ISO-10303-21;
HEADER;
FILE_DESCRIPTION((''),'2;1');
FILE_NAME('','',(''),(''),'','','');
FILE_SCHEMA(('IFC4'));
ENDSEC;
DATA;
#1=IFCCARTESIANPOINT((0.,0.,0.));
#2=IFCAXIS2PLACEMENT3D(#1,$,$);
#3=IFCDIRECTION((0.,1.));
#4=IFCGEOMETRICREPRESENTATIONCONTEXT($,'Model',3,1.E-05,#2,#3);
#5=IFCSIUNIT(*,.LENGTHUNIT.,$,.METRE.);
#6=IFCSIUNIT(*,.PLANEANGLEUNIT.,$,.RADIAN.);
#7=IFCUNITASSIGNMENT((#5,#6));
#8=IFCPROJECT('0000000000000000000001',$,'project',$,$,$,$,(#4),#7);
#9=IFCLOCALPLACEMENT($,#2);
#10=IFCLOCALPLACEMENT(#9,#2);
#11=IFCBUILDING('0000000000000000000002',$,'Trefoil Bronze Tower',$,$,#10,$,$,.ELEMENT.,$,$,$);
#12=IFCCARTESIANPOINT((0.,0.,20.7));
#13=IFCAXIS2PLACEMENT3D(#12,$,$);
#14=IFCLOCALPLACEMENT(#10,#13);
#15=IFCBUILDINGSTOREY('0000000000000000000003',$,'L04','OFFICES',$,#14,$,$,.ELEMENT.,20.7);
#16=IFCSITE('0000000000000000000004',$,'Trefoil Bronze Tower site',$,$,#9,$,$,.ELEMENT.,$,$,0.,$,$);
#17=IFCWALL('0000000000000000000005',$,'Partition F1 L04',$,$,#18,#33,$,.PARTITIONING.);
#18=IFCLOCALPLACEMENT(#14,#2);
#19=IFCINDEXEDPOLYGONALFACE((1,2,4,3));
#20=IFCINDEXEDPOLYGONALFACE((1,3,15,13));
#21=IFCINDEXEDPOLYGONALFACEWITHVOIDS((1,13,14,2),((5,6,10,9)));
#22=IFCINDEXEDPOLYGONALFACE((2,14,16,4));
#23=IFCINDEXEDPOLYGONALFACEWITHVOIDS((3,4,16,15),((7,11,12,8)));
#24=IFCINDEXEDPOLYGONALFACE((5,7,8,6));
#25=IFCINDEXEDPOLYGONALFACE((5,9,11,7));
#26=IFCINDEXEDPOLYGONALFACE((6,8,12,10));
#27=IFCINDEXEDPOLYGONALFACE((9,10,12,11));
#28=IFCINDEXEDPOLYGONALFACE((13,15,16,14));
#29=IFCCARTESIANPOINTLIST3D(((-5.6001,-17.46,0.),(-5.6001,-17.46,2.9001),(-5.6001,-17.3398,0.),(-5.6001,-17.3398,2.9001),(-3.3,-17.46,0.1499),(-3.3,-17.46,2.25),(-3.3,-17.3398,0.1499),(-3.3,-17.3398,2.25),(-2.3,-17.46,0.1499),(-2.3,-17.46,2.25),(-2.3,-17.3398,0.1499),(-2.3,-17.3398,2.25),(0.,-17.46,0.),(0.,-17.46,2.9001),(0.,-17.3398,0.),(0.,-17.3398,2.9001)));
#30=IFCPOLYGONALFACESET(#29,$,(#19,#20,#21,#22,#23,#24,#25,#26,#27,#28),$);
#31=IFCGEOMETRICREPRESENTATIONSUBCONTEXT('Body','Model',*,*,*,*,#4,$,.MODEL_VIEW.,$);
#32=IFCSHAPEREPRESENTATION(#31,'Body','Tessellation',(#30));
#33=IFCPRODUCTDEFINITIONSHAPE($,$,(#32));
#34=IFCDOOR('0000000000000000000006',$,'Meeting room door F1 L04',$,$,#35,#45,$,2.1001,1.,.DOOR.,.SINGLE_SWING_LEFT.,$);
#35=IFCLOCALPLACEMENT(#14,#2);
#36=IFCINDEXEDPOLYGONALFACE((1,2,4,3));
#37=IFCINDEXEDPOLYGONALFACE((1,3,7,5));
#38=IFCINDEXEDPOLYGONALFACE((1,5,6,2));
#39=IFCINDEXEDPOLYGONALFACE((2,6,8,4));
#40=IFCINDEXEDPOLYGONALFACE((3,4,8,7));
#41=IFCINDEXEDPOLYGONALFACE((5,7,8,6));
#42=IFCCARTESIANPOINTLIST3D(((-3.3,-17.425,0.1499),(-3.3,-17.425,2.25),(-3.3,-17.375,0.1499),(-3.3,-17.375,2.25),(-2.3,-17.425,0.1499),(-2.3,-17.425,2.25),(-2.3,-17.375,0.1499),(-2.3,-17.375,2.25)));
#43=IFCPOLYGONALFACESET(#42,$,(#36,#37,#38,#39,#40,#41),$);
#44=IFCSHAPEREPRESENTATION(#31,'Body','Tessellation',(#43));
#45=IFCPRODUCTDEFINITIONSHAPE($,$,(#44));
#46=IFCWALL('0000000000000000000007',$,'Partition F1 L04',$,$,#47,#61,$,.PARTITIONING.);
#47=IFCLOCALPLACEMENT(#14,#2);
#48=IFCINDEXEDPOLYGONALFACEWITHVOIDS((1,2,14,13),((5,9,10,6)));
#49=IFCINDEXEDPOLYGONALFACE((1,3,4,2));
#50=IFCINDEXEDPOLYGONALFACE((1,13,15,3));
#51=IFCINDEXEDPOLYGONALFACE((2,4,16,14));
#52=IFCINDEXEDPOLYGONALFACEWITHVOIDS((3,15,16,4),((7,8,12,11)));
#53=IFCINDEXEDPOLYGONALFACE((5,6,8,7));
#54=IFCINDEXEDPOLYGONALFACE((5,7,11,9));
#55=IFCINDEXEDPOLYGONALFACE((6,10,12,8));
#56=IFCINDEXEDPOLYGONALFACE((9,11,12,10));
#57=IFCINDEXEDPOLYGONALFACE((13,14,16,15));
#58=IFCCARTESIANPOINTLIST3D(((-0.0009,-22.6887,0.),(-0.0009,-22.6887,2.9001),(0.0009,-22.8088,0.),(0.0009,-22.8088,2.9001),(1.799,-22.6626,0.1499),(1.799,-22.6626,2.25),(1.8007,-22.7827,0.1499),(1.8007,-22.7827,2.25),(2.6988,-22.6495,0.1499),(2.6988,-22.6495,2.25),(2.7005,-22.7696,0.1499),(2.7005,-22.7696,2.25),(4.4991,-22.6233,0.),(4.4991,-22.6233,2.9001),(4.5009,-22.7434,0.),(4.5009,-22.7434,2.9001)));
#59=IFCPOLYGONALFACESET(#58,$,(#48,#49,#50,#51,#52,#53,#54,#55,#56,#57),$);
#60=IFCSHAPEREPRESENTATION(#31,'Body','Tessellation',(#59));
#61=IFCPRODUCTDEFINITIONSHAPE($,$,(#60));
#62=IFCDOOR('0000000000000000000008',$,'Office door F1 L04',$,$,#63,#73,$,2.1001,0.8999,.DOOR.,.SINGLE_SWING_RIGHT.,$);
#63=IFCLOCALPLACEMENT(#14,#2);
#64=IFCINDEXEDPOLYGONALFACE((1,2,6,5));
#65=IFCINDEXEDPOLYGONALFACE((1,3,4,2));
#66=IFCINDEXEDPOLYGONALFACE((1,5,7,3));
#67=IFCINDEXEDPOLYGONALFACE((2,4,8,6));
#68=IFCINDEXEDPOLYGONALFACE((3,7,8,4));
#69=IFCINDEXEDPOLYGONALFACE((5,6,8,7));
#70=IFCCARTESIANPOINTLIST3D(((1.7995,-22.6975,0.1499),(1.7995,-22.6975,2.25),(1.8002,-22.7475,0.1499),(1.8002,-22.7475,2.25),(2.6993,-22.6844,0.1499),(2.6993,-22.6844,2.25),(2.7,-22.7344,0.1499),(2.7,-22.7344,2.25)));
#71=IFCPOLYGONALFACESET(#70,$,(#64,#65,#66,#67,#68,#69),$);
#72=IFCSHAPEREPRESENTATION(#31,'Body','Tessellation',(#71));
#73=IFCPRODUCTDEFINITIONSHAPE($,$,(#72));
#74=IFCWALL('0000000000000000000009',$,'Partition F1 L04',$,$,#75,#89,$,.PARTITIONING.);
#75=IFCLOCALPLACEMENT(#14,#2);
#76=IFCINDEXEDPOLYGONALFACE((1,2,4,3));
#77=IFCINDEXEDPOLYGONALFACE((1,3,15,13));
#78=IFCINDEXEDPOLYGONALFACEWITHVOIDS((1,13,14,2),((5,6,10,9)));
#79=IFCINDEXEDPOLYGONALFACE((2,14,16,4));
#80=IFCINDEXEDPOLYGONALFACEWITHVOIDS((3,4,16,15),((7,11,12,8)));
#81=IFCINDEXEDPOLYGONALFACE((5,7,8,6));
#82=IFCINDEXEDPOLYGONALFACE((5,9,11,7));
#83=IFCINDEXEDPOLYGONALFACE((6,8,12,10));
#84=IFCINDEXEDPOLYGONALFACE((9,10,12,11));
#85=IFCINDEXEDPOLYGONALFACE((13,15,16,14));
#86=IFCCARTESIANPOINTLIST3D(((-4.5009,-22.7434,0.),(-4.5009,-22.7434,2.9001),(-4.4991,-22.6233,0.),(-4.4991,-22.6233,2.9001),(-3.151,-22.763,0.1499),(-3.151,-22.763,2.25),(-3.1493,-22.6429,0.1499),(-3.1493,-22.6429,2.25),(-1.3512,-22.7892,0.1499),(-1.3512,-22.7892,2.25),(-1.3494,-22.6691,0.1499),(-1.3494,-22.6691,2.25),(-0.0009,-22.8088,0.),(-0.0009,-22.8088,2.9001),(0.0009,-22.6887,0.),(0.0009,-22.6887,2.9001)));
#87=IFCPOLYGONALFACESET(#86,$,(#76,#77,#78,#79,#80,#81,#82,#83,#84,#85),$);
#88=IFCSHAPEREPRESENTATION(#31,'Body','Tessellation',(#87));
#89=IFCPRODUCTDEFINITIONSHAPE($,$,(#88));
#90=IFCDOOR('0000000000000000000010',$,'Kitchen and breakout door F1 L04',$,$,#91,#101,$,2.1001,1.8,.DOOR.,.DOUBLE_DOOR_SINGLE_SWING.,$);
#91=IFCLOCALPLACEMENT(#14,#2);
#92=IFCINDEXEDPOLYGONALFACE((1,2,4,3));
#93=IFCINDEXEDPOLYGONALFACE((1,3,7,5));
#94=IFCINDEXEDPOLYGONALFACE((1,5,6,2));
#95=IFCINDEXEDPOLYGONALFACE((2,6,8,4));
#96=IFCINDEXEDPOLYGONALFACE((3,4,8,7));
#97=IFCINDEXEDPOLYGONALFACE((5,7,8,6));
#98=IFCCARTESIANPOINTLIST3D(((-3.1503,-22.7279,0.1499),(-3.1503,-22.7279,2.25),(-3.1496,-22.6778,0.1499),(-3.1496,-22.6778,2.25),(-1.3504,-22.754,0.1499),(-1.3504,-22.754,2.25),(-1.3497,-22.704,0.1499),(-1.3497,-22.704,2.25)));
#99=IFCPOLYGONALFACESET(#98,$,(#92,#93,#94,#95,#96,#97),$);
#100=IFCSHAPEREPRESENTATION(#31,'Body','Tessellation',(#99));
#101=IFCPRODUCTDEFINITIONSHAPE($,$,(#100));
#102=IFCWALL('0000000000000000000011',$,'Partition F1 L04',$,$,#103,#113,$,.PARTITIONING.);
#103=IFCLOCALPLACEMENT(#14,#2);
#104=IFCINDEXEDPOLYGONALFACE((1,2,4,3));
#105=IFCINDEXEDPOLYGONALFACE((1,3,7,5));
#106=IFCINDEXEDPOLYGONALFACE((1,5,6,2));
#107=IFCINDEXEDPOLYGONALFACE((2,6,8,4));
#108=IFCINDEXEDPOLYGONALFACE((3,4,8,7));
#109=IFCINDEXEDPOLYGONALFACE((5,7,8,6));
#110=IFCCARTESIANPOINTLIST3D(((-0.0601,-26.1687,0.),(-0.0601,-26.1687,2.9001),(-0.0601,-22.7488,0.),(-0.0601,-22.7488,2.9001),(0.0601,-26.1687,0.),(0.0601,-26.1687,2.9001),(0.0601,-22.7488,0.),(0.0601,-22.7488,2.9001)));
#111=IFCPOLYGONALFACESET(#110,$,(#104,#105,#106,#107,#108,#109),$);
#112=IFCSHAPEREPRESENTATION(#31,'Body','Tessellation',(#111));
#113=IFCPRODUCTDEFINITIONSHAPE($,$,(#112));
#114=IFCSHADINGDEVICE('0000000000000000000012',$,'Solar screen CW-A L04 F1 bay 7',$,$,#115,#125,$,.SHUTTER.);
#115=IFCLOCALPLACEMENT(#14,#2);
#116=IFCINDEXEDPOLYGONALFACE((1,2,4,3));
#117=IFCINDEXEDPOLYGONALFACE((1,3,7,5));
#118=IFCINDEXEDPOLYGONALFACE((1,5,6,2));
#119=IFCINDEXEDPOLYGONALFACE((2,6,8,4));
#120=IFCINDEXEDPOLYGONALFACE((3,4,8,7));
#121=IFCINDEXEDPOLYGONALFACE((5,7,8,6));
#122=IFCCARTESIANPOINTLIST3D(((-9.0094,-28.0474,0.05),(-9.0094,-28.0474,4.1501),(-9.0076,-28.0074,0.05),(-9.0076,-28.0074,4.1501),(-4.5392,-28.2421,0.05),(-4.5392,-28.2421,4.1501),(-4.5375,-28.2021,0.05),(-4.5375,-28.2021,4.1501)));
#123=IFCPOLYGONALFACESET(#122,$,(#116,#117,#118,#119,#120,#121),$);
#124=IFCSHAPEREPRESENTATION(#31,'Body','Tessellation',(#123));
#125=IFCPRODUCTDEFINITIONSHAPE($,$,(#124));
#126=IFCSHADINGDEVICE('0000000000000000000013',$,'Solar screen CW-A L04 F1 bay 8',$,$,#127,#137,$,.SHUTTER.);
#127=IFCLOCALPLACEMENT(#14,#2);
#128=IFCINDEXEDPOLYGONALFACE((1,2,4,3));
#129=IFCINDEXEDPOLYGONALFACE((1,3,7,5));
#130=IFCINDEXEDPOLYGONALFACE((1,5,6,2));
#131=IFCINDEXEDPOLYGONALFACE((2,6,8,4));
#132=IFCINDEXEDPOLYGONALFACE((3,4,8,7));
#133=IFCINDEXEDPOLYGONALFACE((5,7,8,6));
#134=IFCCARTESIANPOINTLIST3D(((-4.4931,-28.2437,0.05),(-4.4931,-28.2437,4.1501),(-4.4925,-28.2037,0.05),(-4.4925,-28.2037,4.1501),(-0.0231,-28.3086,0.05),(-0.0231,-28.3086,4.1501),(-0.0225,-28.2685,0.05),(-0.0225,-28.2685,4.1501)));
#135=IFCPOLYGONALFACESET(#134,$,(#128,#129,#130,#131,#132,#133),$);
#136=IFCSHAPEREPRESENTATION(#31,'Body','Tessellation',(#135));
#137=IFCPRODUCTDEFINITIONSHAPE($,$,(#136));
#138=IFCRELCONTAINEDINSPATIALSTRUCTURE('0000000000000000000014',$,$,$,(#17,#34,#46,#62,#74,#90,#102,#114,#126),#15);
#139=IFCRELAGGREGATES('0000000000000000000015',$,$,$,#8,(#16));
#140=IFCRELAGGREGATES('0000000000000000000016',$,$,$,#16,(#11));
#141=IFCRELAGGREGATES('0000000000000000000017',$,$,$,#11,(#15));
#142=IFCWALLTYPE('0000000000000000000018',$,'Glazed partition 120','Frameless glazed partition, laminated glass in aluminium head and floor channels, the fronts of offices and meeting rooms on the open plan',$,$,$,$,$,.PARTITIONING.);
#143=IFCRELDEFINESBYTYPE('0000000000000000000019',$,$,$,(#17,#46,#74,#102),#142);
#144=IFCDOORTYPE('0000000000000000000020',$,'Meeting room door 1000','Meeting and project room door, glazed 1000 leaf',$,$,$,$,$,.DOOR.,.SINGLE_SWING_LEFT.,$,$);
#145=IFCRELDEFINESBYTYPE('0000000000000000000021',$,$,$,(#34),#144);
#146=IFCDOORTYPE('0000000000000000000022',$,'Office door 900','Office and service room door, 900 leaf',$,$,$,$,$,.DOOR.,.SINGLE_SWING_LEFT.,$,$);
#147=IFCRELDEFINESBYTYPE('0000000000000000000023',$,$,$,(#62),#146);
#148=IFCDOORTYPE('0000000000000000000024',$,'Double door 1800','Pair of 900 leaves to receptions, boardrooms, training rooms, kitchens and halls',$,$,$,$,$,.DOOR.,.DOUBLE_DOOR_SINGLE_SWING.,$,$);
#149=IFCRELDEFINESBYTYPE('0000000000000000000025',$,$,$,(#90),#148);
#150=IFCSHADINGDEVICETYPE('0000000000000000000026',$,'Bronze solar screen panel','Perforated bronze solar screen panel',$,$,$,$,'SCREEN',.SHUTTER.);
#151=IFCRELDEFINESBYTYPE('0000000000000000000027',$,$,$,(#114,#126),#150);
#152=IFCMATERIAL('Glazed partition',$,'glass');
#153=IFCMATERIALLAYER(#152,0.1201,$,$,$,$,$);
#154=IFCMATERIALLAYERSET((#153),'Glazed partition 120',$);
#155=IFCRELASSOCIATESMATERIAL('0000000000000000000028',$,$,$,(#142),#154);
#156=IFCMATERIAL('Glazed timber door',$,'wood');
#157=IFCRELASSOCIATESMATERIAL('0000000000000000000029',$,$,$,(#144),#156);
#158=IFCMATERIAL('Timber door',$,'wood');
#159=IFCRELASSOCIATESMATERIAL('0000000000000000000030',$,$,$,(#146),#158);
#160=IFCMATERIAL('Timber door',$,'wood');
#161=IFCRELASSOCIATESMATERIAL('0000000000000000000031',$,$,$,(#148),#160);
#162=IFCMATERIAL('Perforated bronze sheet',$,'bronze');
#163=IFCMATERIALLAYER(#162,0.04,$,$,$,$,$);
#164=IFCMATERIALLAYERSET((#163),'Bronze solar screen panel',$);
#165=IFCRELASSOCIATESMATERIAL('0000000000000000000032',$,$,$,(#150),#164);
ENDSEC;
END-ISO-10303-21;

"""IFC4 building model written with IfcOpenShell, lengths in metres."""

from ifc_helpers import new_model, si_unit, direction, frame, frame_2d, origin, origin_2d, place, context, subcontext, project, spatial, rectangle, extrude, material, layer, layer_set, type_object, element, fill, save


model = new_model("IFC4")

# Units and contexts
model_context = context("Model", 3, precision=1e-05, world=origin(), true_north=direction((0.0, 1.0)))
body_context = subcontext(model_context, "Body", "Model", "MODEL_VIEW")
ifc_project = project(units=[si_unit("LENGTHUNIT", "METRE"), si_unit("PLANEANGLEUNIT", "RADIAN")], contexts=[model_context])

# Site, building, storey
site_placement = place(None, origin())
site = spatial("IfcSite", under=ifc_project, at=site_placement, Name="Trefoil Bronze Tower site", CompositionType="ELEMENT", RefElevation=0.0)
building_placement = place(site_placement, origin())
building = spatial("IfcBuilding", under=site, at=building_placement, Name="Trefoil Bronze Tower", CompositionType="ELEMENT")
storey_placement = place(building_placement, frame((0.0, 0.0, 20.7)))
storey = spatial("IfcBuildingStorey", under=building, at=storey_placement, Name="L04", Description="OFFICES", CompositionType="ELEMENT", Elevation=20.7)

# Walls, openings, doors
ifc_material_1 = material(Name="Glazed partition", Category="glass")
ifc_layer_1 = layer(ifc_material_1, 0.1201)
ifc_layer_set_1 = layer_set([ifc_layer_1], Name="Glazed partition 120")
wall_type = type_object("IfcWallType", Name="Glazed partition 120", Description="Frameless glazed partition, laminated glass in aluminium head and floor channels, the fronts of offices and meeting rooms on the open plan", PredefinedType="PARTITIONING", material=ifc_layer_set_1)
ifc_material_2 = material(Name="Glazed timber door", Category="wood")
door_type_1 = type_object("IfcDoorType", Name="Meeting room door 1000", Description="Meeting and project room door, glazed 1000 leaf", OperationType="SINGLE_SWING_LEFT", PredefinedType="DOOR", material=ifc_material_2)
wall_1_placement = place(storey_placement, frame((-5.6001, -17.3999, 0.0), z_axis=(0.0, 0.0, 1.0), x_axis=(1.0, 0.0, 0.0)))
wall_1 = element("IfcWall", 1, at=wall_1_placement, inside=storey, type_object=wall_type, Name="Partition F1 L04", PredefinedType="PARTITIONING", context=body_context, shape_type="SweptSolid", body=[
    extrude(rectangle(XDim=5.6001, YDim=0.1201, at=frame_2d((2.8, 0.0))), origin(), (0.0, 0.0, 1.0), 2.9001),
])
opening_1_placement = place(wall_1_placement, frame((2.3, 0.0, 0.1499)))
opening_1 = element("IfcOpeningElement", 2, at=opening_1_placement, cuts=wall_1, PredefinedType="OPENING", context=body_context, shape_type="SweptSolid", body=[
    extrude(rectangle(XDim=1.0, YDim=2.1001, at=frame_2d((0.5, 1.05))), frame((0.0, 0.0701, 0.0), z_axis=(0.0, -1.0, 0.0), x_axis=(1.0, 0.0, 0.0)), (0.0, 0.0, 1.0), 0.1401),
])
door_1_placement = place(opening_1_placement, origin())
door_1 = element("IfcDoor", 3, at=door_1_placement, inside=storey, type_object=door_type_1, Name="Meeting room door F1 L04", OperationType="SINGLE_SWING_LEFT", OverallHeight=2.1001, OverallWidth=1.0, PredefinedType="DOOR", context=body_context, shape_type="SweptSolid", body=[
    extrude(rectangle(XDim=1.0, YDim=2.1001, at=frame_2d((0.5, 1.05))), frame((0.0, 0.0249, 0.0), z_axis=(0.0, -1.0, 0.0), x_axis=(1.0, 0.0, 0.0)), (0.0, 0.0, 1.0), 0.05),
])
fill(opening_1, door_1)
wall_2_placement = place(storey_placement, frame((0.0, -22.7488, 0.0), z_axis=(0.0, 0.0, 1.0), x_axis=(0.999894, 0.014538, 0.0)))
wall_2 = element("IfcWall", 4, at=wall_2_placement, inside=storey, type_object=wall_type, Name="Partition F1 L04", PredefinedType="PARTITIONING", context=body_context, shape_type="SweptSolid", body=[
    extrude(rectangle(XDim=4.5005, YDim=0.1201, at=frame_2d((2.2502, 0.0))), origin(), (0.0, 0.0, 1.0), 2.9001),
])
opening_2_placement = place(wall_2_placement, frame((1.8, 0.0, 0.1499)))
opening_2 = element("IfcOpeningElement", 5, at=opening_2_placement, cuts=wall_2, PredefinedType="OPENING", context=body_context, shape_type="SweptSolid", body=[
    extrude(rectangle(XDim=0.8999, YDim=2.1001, at=frame_2d((0.45, 1.05))), frame((0.0, 0.0701, 0.0), z_axis=(0.0, -1.0, 0.0), x_axis=(1.0, 0.0, 0.0)), (0.0, 0.0, 1.0), 0.1401),
])
ifc_material_3 = material(Name="Timber door", Category="wood")
door_type_2 = type_object("IfcDoorType", Name="Office door 900", Description="Office and service room door, 900 leaf", OperationType="SINGLE_SWING_LEFT", PredefinedType="DOOR", material=ifc_material_3)
door_2_placement = place(opening_2_placement, frame((0.8999, 0.0, 0.0), z_axis=(0.0, 0.0, 1.0), x_axis=(-1.0, 0.0, 0.0)))
door_2 = element("IfcDoor", 6, at=door_2_placement, inside=storey, type_object=door_type_2, Name="Office door F1 L04", OperationType="SINGLE_SWING_RIGHT", OverallHeight=2.1001, OverallWidth=0.8999, PredefinedType="DOOR", context=body_context, shape_type="SweptSolid", body=[
    extrude(rectangle(XDim=0.8999, YDim=2.1001, at=frame_2d((0.45, 1.05))), frame((0.0, 0.0249, 0.0), z_axis=(0.0, -1.0, 0.0), x_axis=(1.0, 0.0, 0.0)), (0.0, 0.0, 1.0), 0.05),
])
fill(opening_2, door_2)
wall_3_placement = place(storey_placement, frame((-4.5, -22.6833, 0.0), z_axis=(0.0, 0.0, 1.0), x_axis=(0.999894, -0.014538, 0.0)))
wall_3 = element("IfcWall", 7, at=wall_3_placement, inside=storey, type_object=wall_type, Name="Partition F1 L04", PredefinedType="PARTITIONING", context=body_context, shape_type="SweptSolid", body=[
    extrude(rectangle(XDim=4.5005, YDim=0.1201, at=frame_2d((2.2502, 0.0))), origin(), (0.0, 0.0, 1.0), 2.9001),
])
opening_3_placement = place(wall_3_placement, frame((1.3501, 0.0, 0.1499)))
opening_3 = element("IfcOpeningElement", 8, at=opening_3_placement, cuts=wall_3, PredefinedType="OPENING", context=body_context, shape_type="SweptSolid", body=[
    extrude(rectangle(XDim=1.8, YDim=2.1001, at=frame_2d((0.8999, 1.05))), frame((0.0, 0.0701, 0.0), z_axis=(0.0, -1.0, 0.0), x_axis=(1.0, 0.0, 0.0)), (0.0, 0.0, 1.0), 0.1401),
])
ifc_material_4 = material(Name="Timber door", Category="wood")
door_type_3 = type_object("IfcDoorType", Name="Double door 1800", Description="Pair of 900 leaves to receptions, boardrooms, training rooms, kitchens and halls", OperationType="DOUBLE_DOOR_SINGLE_SWING", PredefinedType="DOOR", material=ifc_material_4)
door_3_placement = place(opening_3_placement, frame((1.8, 0.0, 0.0), z_axis=(0.0, 0.0, 1.0), x_axis=(-1.0, 0.0, 0.0)))
door_3 = element("IfcDoor", 9, at=door_3_placement, inside=storey, type_object=door_type_3, Name="Kitchen and breakout door F1 L04", OperationType="DOUBLE_DOOR_SINGLE_SWING", OverallHeight=2.1001, OverallWidth=1.8, PredefinedType="DOOR", context=body_context, shape_type="SweptSolid", body=[
    extrude(rectangle(XDim=1.8, YDim=2.1001, at=frame_2d((0.8999, 1.05))), frame((0.0, 0.0249, 0.0), z_axis=(0.0, -1.0, 0.0), x_axis=(1.0, 0.0, 0.0)), (0.0, 0.0, 1.0), 0.05),
])
fill(opening_3, door_3)

# Wall
wall_4_placement = place(storey_placement, frame((0.0, -22.7488, 0.0), z_axis=(0.0, 0.0, 1.0), x_axis=(0.0, -1.0, 0.0)))
element("IfcWall", 10, at=wall_4_placement, inside=storey, type_object=wall_type, Name="Partition F1 L04", PredefinedType="PARTITIONING", context=body_context, shape_type="SweptSolid", body=[
    extrude(rectangle(XDim=3.4199, YDim=0.1201, at=frame_2d((1.71, 0.0))), origin(), (0.0, 0.0, 1.0), 2.9001),
])

# Shading devices
ifc_material_5 = material(Name="Perforated bronze sheet", Category="bronze")
ifc_layer_2 = layer(ifc_material_5, 0.04)
ifc_layer_set_2 = layer_set([ifc_layer_2], Name="Bronze solar screen panel")
shading_device_type = type_object("IfcShadingDeviceType", Name="Bronze solar screen panel", Description="Perforated bronze solar screen panel", ElementType="SCREEN", PredefinedType="SHUTTER", material=ifc_layer_set_2)
shading_device_1_placement = place(storey_placement, frame((-6.7734, -28.1248, 0.05), z_axis=(0.0, 0.0, 1.0), x_axis=(0.999052, -0.043528, 0.0)))
element("IfcShadingDevice", 11, at=shading_device_1_placement, inside=storey, type_object=shading_device_type, Name="Solar screen CW-A L04 F1 bay 7", PredefinedType="SHUTTER", context=body_context, shape_type="SweptSolid", body=[
    extrude(rectangle(XDim=4.4744, YDim=0.04, at=origin_2d()), origin(), (0.0, 0.0, 1.0), 4.1001),
])
shading_device_2_placement = place(storey_placement, frame((-2.2578, -28.2561, 0.05), z_axis=(0.0, 0.0, 1.0), x_axis=(0.999895, -0.014509, 0.0)))
element("IfcShadingDevice", 12, at=shading_device_2_placement, inside=storey, type_object=shading_device_type, Name="Solar screen CW-A L04 F1 bay 8", PredefinedType="SHUTTER", context=body_context, shape_type="SweptSolid", body=[
    extrude(rectangle(XDim=4.4705, YDim=0.04, at=origin_2d()), origin(), (0.0, 0.0, 1.0), 4.1001),
])

save(model, "model.ifc")
